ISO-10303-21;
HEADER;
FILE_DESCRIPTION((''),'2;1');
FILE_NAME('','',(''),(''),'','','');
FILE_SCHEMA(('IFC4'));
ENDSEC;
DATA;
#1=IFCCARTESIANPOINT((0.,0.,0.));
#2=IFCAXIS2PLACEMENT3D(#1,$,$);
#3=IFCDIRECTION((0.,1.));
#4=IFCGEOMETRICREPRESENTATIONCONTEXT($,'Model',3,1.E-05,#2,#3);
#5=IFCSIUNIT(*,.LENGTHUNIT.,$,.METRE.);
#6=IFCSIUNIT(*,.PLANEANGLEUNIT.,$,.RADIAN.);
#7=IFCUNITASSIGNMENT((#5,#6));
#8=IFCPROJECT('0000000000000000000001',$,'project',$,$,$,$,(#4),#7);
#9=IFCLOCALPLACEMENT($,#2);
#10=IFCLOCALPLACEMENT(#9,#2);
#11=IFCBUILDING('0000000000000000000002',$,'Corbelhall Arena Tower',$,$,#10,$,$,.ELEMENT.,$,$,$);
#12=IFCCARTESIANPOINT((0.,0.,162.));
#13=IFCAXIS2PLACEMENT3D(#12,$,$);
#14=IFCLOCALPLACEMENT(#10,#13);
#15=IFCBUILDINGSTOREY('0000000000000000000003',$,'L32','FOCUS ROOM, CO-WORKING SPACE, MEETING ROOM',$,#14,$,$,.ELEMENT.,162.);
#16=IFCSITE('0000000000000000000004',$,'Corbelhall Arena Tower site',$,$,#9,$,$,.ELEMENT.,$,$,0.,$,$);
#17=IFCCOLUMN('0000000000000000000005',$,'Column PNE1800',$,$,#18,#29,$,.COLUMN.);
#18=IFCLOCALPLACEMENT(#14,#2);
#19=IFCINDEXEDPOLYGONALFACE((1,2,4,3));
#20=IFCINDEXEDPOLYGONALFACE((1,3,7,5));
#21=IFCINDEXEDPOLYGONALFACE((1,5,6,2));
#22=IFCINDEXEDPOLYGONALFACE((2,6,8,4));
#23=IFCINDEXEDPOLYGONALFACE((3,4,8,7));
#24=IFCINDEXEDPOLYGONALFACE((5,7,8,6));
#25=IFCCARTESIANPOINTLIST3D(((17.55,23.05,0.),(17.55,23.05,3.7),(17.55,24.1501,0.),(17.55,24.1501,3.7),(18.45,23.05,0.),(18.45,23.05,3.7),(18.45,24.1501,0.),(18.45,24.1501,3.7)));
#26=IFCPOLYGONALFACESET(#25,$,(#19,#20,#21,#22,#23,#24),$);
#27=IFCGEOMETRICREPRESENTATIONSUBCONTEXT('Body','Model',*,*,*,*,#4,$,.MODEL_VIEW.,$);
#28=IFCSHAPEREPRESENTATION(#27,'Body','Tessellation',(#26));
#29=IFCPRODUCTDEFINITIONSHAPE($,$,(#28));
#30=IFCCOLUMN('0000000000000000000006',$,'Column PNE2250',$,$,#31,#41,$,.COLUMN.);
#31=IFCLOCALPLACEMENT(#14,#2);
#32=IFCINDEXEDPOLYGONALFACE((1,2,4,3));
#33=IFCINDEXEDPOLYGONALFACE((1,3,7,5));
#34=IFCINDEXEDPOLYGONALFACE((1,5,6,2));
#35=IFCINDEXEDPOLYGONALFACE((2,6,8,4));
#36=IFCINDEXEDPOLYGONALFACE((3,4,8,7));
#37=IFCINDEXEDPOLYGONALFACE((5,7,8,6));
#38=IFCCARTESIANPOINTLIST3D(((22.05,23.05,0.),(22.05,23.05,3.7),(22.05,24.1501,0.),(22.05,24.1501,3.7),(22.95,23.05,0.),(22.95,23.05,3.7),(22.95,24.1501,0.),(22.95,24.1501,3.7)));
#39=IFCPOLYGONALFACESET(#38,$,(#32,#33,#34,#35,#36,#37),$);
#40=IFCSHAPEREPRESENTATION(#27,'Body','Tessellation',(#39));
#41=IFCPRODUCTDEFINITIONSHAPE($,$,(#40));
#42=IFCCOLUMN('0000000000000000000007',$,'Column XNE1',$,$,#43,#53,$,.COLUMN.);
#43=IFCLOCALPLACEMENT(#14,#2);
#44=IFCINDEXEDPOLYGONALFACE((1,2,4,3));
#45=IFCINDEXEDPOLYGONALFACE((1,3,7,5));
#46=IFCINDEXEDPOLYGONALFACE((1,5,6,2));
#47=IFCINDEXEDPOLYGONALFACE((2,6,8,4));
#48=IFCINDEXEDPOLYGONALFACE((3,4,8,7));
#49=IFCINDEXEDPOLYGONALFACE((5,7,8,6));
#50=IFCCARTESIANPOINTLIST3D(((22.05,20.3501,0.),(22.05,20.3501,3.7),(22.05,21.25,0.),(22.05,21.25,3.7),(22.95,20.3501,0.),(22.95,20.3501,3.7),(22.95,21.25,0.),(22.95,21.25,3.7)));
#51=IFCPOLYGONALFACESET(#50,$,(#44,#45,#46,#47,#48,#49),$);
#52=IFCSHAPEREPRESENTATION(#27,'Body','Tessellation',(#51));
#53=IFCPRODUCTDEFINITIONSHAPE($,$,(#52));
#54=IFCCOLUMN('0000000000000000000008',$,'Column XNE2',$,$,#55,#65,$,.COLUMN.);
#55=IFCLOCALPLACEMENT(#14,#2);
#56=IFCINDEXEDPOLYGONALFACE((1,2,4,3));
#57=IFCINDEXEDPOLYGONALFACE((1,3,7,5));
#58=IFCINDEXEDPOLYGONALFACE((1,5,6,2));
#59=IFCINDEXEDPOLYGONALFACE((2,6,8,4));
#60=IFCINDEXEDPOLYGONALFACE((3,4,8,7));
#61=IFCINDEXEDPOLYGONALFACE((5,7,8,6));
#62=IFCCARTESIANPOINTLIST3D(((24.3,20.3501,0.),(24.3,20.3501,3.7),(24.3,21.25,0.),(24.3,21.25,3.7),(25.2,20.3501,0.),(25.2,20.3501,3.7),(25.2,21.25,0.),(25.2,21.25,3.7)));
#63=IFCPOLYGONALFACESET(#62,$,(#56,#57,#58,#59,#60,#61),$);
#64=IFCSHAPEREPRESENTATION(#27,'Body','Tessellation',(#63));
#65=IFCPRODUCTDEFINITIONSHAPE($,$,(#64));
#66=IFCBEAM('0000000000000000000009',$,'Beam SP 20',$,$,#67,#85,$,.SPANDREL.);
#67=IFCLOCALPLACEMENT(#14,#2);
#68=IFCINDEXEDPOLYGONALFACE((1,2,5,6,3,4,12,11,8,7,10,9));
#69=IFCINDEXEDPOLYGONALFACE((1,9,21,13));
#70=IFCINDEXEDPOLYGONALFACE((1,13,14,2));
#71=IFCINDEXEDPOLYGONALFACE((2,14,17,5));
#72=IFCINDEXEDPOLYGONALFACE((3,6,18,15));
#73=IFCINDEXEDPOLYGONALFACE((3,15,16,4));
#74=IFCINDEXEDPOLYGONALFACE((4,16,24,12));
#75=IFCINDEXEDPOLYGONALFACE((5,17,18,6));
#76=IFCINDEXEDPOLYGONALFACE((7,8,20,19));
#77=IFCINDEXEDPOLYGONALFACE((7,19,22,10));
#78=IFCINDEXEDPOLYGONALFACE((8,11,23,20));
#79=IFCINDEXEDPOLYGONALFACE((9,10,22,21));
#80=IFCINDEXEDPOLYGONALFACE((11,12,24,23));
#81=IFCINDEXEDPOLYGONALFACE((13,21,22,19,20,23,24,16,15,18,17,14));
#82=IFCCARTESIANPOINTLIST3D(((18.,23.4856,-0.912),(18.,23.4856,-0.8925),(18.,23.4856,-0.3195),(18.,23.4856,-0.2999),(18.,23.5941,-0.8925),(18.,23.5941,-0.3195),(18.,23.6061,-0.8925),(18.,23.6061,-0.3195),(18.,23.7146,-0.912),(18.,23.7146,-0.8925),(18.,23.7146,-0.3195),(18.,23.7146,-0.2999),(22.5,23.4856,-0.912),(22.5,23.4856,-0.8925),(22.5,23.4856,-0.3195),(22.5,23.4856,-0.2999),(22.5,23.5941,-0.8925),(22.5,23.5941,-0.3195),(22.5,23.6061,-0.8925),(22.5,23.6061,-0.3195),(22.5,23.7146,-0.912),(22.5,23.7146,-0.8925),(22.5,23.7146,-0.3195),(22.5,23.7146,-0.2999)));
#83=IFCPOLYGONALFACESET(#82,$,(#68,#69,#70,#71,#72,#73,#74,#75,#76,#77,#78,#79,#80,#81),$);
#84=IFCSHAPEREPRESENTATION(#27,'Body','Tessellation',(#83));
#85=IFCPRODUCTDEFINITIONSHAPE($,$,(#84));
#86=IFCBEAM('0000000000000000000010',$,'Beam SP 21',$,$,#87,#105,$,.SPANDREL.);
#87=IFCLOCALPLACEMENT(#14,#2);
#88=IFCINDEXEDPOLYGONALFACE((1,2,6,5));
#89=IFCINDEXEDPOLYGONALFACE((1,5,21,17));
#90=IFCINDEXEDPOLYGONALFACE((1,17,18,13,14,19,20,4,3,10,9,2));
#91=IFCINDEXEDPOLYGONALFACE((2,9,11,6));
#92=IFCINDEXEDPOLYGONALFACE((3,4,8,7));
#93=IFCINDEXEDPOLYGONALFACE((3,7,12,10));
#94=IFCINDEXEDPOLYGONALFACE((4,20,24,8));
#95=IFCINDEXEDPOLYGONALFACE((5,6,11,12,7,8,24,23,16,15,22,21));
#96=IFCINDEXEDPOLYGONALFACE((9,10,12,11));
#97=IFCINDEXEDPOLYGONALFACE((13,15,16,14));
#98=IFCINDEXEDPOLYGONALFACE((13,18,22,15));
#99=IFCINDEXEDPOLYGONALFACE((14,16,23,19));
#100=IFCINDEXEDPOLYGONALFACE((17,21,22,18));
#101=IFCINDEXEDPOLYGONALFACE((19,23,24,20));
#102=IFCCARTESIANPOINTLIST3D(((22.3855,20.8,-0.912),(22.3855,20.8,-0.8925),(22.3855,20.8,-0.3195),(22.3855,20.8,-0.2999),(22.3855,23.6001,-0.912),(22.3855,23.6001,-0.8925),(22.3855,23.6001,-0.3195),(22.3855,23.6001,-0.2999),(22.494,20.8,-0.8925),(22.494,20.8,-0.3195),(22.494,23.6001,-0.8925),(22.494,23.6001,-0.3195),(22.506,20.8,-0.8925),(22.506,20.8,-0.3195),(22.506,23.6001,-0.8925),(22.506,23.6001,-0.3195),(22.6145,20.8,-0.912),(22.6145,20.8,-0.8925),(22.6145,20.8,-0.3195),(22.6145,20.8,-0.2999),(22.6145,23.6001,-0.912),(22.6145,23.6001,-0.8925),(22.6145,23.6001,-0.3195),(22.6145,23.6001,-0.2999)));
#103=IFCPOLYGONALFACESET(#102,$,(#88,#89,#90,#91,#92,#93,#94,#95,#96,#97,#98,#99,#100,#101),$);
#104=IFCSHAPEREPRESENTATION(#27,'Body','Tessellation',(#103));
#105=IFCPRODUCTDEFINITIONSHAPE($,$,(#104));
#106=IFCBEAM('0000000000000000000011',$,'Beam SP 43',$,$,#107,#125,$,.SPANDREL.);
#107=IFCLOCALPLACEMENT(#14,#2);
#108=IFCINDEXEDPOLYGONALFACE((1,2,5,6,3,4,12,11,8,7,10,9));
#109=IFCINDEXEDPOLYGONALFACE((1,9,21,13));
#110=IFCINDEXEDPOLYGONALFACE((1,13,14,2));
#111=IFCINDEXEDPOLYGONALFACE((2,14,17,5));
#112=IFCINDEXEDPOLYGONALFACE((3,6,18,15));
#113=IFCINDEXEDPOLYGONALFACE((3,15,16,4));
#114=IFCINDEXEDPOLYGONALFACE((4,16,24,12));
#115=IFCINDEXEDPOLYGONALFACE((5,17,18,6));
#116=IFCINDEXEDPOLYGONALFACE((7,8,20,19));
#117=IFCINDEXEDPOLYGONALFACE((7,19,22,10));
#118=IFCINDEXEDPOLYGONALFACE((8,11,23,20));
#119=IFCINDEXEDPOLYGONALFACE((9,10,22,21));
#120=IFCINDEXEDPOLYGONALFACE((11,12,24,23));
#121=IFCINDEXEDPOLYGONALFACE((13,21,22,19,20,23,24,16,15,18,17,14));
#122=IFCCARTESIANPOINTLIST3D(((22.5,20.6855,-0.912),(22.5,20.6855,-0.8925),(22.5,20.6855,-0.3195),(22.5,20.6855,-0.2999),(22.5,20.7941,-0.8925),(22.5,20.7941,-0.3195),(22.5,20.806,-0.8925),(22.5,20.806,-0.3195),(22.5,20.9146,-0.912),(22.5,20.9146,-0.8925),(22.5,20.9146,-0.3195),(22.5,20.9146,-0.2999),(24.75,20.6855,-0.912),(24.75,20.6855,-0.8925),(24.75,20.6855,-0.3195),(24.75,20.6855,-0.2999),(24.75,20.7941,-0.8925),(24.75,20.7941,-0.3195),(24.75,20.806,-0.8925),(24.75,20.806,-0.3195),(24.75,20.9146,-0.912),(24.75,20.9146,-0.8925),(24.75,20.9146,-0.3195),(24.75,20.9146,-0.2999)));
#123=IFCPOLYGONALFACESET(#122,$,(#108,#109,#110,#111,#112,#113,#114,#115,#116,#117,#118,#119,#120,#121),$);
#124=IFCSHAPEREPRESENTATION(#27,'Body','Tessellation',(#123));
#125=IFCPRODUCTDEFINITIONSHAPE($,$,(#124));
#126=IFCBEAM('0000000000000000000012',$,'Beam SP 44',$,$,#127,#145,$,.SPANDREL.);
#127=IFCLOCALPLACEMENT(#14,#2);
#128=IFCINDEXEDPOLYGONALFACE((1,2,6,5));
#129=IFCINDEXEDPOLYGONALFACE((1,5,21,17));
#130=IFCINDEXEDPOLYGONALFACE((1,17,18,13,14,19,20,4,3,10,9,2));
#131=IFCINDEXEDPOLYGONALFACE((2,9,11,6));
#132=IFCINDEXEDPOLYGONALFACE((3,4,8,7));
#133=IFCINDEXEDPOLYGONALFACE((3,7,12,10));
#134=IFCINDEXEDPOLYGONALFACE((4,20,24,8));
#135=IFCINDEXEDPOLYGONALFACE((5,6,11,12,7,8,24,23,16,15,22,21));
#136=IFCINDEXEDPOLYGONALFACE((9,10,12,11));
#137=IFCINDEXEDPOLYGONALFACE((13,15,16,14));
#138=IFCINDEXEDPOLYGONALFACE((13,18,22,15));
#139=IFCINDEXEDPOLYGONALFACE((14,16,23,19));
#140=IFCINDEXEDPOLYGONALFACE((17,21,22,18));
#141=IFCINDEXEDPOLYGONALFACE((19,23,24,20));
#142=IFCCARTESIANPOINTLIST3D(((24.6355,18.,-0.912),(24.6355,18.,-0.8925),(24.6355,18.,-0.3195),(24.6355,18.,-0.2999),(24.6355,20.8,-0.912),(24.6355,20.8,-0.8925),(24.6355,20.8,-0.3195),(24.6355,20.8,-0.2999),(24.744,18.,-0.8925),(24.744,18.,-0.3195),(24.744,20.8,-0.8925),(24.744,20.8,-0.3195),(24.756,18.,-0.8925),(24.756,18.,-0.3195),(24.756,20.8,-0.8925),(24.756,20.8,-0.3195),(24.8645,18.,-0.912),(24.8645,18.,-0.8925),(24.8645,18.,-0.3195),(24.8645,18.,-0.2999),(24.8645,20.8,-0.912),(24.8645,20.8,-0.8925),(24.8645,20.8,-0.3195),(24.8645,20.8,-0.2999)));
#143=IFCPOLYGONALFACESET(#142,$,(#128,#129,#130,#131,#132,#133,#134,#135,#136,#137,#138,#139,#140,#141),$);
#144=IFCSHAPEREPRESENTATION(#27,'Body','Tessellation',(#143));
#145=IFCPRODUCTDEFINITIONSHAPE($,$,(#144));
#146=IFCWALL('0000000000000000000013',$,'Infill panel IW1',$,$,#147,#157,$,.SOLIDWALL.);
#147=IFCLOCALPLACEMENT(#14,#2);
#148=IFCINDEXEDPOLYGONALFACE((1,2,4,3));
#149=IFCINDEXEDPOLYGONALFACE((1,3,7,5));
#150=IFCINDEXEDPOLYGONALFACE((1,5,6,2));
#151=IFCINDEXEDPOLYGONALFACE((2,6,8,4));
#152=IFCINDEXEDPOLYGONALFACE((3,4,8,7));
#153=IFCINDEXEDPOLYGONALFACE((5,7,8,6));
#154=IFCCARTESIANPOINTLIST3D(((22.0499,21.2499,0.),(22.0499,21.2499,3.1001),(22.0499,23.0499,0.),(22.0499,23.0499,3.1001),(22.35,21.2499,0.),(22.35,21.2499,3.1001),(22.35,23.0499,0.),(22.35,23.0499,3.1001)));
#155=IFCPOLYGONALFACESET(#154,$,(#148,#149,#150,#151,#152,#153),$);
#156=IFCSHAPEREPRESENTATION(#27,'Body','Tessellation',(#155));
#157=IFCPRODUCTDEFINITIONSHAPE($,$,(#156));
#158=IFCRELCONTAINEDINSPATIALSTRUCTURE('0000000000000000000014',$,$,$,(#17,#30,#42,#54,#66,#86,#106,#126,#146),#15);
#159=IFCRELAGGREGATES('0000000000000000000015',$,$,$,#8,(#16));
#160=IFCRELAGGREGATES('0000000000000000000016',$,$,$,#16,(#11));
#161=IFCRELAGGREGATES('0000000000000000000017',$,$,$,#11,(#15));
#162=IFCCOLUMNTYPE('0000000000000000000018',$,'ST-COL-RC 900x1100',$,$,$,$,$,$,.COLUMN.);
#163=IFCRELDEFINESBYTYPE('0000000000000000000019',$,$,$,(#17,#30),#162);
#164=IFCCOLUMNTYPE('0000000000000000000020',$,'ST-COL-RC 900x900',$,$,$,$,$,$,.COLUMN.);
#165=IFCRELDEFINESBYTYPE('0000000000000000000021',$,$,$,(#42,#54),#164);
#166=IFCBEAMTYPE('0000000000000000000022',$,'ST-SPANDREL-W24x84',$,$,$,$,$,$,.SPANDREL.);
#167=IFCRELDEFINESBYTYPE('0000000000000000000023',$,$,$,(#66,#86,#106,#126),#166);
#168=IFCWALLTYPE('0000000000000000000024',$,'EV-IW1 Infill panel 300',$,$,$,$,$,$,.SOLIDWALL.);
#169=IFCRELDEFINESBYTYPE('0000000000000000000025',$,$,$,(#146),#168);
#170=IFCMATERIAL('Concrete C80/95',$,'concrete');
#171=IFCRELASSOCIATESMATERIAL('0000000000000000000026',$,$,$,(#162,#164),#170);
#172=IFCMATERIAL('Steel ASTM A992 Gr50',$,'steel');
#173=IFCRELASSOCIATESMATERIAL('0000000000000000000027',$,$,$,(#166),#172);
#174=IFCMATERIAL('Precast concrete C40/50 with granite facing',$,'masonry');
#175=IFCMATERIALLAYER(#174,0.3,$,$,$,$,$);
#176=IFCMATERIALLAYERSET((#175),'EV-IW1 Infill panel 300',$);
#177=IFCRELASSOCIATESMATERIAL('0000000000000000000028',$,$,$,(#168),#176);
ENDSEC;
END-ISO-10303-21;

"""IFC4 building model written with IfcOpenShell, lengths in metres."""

from ifc_helpers import new_model, si_unit, direction, frame, frame_2d, origin, origin_2d, place, context, subcontext, project, spatial, rectangle, i_section, extrude, material, layer, layer_set, material_profile, profile_set, type_object, element, save


model = new_model("IFC4")

# Units and contexts
model_context = context("Model", 3, precision=1e-05, world=origin(), true_north=direction((0.0, 1.0)))
body_context = subcontext(model_context, "Body", "Model", "MODEL_VIEW")
ifc_project = project(units=[si_unit("LENGTHUNIT", "METRE"), si_unit("PLANEANGLEUNIT", "RADIAN")], contexts=[model_context])

# Site, building, storey
site_placement = place(None, origin())
site = spatial("IfcSite", under=ifc_project, at=site_placement, Name="Corbelhall Arena Tower site", CompositionType="ELEMENT", RefElevation=0.0)
building_placement = place(site_placement, origin())
building = spatial("IfcBuilding", under=site, at=building_placement, Name="Corbelhall Arena Tower", CompositionType="ELEMENT")
storey_placement = place(building_placement, frame((0.0, 0.0, 162.0)))
storey = spatial("IfcBuildingStorey", under=building, at=storey_placement, Name="L32", Description="FOCUS ROOM, CO-WORKING SPACE, MEETING ROOM", CompositionType="ELEMENT", Elevation=162.0)

# Columns
ifc_material_1 = material(Name="Concrete C80/95", Category="concrete")
ifc_material_profile_1 = material_profile(ifc_material_1, rectangle(XDim=0.8999, YDim=1.1001, at=origin_2d()))
ifc_profile_set_1 = profile_set([ifc_material_profile_1], Name="Concrete C80/95")
column_type_1 = type_object("IfcColumnType", Name="ST-COL-RC 900x1100", PredefinedType="COLUMN", material=ifc_profile_set_1)
for number, where, z_axis, x_axis, name in (
    (1, (18.0, 23.6001, 0.0), (0.0, 0.0, 1.0), (1.0, 0.0, 0.0), "Column PNE1800"),
    (2, (22.5, 23.6001, 0.0), (0.0, 0.0, 1.0), (1.0, 0.0, 0.0), "Column PNE2250"),
):
    element("IfcColumn", number, at=place(storey_placement, frame(where, z_axis=z_axis, x_axis=x_axis)), inside=storey, type_object=column_type_1, Name=name, PredefinedType="COLUMN", context=body_context, shape_type="SweptSolid", body=[
        extrude(rectangle(XDim=0.8999, YDim=1.1001, at=origin_2d()), origin(), (0.0, 0.0, 1.0), 3.7),
    ])
ifc_material_profile_2 = material_profile(ifc_material_1, rectangle(XDim=0.8999, YDim=0.8999, at=origin_2d()))
ifc_profile_set_2 = profile_set([ifc_material_profile_2], Name="Concrete C80/95")
column_type_2 = type_object("IfcColumnType", Name="ST-COL-RC 900x900", PredefinedType="COLUMN", material=ifc_profile_set_2)
for number, where, z_axis, x_axis, name in (
    (3, (22.5, 20.8, 0.0), (0.0, 0.0, 1.0), (1.0, 0.0, 0.0), "Column XNE1"),
    (4, (24.75, 20.8, 0.0), (0.0, 0.0, 1.0), (1.0, 0.0, 0.0), "Column XNE2"),
):
    element("IfcColumn", number, at=place(storey_placement, frame(where, z_axis=z_axis, x_axis=x_axis)), inside=storey, type_object=column_type_2, Name=name, PredefinedType="COLUMN", context=body_context, shape_type="SweptSolid", body=[
        extrude(rectangle(XDim=0.8999, YDim=0.8999, at=origin_2d()), origin(), (0.0, 0.0, 1.0), 3.7),
    ])

# Beams
ifc_material_2 = material(Name="Steel ASTM A992 Gr50", Category="steel")
ifc_material_profile_3 = material_profile(ifc_material_2, i_section(OverallWidth=0.229, OverallDepth=0.6121, WebThickness=0.012, FlangeThickness=0.0195, at=origin_2d()))
ifc_profile_set_3 = profile_set([ifc_material_profile_3], Name="Steel ASTM A992 Gr50")
beam_type = type_object("IfcBeamType", Name="ST-SPANDREL-W24x84", PredefinedType="SPANDREL", material=ifc_profile_set_3)
beam_1_placement = place(storey_placement, frame((18.0, 23.6001, -0.606), z_axis=(1.0, 0.0, 0.0), x_axis=(0.0, 1.0, 0.0)))
element("IfcBeam", 5, at=beam_1_placement, inside=storey, type_object=beam_type, Name="Beam SP 20", PredefinedType="SPANDREL", context=body_context, shape_type="SweptSolid", body=[
    extrude(i_section(OverallWidth=0.229, OverallDepth=0.6121, WebThickness=0.012, FlangeThickness=0.0195, at=origin_2d()), origin(), (0.0, 0.0, 1.0), 4.5),
])
beam_2_placement = place(storey_placement, frame((22.5, 23.6001, -0.606), z_axis=(0.0, -1.0, 0.0), x_axis=(1.0, 0.0, 0.0)))
element("IfcBeam", 6, at=beam_2_placement, inside=storey, type_object=beam_type, Name="Beam SP 21", PredefinedType="SPANDREL", context=body_context, shape_type="SweptSolid", body=[
    extrude(i_section(OverallWidth=0.229, OverallDepth=0.6121, WebThickness=0.012, FlangeThickness=0.0195, at=origin_2d()), origin(), (0.0, 0.0, 1.0), 2.8),
])
beam_3_placement = place(storey_placement, frame((22.5, 20.8, -0.606), z_axis=(1.0, 0.0, 0.0), x_axis=(0.0, 1.0, 0.0)))
element("IfcBeam", 7, at=beam_3_placement, inside=storey, type_object=beam_type, Name="Beam SP 43", PredefinedType="SPANDREL", context=body_context, shape_type="SweptSolid", body=[
    extrude(i_section(OverallWidth=0.229, OverallDepth=0.6121, WebThickness=0.012, FlangeThickness=0.0195, at=origin_2d()), origin(), (0.0, 0.0, 1.0), 2.25),
])
beam_4_placement = place(storey_placement, frame((24.75, 20.8, -0.606), z_axis=(0.0, -1.0, 0.0), x_axis=(1.0, 0.0, 0.0)))
element("IfcBeam", 8, at=beam_4_placement, inside=storey, type_object=beam_type, Name="Beam SP 44", PredefinedType="SPANDREL", context=body_context, shape_type="SweptSolid", body=[
    extrude(i_section(OverallWidth=0.229, OverallDepth=0.6121, WebThickness=0.012, FlangeThickness=0.0195, at=origin_2d()), origin(), (0.0, 0.0, 1.0), 2.8),
])

# Wall
ifc_material_3 = material(Name="Precast concrete C40/50 with granite facing", Category="masonry")
ifc_layer_1 = layer(ifc_material_3, 0.3)
ifc_layer_set_1 = layer_set([ifc_layer_1], Name="EV-IW1 Infill panel 300")
wall_type_1 = type_object("IfcWallType", Name="EV-IW1 Infill panel 300", PredefinedType="SOLIDWALL", material=ifc_layer_set_1)
wall_1_placement = place(storey_placement, frame((22.2, 21.25, 0.0), z_axis=(0.0, 0.0, 1.0), x_axis=(0.0, 1.0, 0.0)))
element("IfcWall", 9, at=wall_1_placement, inside=storey, type_object=wall_type_1, Name="Infill panel IW1", PredefinedType="SOLIDWALL", context=body_context, shape_type="SweptSolid", body=[
    extrude(rectangle(XDim=1.8, YDim=0.3, at=frame_2d((0.8999, 0.0))), origin(), (0.0, 0.0, 1.0), 3.1001),
])

save(model, "model.ifc")
